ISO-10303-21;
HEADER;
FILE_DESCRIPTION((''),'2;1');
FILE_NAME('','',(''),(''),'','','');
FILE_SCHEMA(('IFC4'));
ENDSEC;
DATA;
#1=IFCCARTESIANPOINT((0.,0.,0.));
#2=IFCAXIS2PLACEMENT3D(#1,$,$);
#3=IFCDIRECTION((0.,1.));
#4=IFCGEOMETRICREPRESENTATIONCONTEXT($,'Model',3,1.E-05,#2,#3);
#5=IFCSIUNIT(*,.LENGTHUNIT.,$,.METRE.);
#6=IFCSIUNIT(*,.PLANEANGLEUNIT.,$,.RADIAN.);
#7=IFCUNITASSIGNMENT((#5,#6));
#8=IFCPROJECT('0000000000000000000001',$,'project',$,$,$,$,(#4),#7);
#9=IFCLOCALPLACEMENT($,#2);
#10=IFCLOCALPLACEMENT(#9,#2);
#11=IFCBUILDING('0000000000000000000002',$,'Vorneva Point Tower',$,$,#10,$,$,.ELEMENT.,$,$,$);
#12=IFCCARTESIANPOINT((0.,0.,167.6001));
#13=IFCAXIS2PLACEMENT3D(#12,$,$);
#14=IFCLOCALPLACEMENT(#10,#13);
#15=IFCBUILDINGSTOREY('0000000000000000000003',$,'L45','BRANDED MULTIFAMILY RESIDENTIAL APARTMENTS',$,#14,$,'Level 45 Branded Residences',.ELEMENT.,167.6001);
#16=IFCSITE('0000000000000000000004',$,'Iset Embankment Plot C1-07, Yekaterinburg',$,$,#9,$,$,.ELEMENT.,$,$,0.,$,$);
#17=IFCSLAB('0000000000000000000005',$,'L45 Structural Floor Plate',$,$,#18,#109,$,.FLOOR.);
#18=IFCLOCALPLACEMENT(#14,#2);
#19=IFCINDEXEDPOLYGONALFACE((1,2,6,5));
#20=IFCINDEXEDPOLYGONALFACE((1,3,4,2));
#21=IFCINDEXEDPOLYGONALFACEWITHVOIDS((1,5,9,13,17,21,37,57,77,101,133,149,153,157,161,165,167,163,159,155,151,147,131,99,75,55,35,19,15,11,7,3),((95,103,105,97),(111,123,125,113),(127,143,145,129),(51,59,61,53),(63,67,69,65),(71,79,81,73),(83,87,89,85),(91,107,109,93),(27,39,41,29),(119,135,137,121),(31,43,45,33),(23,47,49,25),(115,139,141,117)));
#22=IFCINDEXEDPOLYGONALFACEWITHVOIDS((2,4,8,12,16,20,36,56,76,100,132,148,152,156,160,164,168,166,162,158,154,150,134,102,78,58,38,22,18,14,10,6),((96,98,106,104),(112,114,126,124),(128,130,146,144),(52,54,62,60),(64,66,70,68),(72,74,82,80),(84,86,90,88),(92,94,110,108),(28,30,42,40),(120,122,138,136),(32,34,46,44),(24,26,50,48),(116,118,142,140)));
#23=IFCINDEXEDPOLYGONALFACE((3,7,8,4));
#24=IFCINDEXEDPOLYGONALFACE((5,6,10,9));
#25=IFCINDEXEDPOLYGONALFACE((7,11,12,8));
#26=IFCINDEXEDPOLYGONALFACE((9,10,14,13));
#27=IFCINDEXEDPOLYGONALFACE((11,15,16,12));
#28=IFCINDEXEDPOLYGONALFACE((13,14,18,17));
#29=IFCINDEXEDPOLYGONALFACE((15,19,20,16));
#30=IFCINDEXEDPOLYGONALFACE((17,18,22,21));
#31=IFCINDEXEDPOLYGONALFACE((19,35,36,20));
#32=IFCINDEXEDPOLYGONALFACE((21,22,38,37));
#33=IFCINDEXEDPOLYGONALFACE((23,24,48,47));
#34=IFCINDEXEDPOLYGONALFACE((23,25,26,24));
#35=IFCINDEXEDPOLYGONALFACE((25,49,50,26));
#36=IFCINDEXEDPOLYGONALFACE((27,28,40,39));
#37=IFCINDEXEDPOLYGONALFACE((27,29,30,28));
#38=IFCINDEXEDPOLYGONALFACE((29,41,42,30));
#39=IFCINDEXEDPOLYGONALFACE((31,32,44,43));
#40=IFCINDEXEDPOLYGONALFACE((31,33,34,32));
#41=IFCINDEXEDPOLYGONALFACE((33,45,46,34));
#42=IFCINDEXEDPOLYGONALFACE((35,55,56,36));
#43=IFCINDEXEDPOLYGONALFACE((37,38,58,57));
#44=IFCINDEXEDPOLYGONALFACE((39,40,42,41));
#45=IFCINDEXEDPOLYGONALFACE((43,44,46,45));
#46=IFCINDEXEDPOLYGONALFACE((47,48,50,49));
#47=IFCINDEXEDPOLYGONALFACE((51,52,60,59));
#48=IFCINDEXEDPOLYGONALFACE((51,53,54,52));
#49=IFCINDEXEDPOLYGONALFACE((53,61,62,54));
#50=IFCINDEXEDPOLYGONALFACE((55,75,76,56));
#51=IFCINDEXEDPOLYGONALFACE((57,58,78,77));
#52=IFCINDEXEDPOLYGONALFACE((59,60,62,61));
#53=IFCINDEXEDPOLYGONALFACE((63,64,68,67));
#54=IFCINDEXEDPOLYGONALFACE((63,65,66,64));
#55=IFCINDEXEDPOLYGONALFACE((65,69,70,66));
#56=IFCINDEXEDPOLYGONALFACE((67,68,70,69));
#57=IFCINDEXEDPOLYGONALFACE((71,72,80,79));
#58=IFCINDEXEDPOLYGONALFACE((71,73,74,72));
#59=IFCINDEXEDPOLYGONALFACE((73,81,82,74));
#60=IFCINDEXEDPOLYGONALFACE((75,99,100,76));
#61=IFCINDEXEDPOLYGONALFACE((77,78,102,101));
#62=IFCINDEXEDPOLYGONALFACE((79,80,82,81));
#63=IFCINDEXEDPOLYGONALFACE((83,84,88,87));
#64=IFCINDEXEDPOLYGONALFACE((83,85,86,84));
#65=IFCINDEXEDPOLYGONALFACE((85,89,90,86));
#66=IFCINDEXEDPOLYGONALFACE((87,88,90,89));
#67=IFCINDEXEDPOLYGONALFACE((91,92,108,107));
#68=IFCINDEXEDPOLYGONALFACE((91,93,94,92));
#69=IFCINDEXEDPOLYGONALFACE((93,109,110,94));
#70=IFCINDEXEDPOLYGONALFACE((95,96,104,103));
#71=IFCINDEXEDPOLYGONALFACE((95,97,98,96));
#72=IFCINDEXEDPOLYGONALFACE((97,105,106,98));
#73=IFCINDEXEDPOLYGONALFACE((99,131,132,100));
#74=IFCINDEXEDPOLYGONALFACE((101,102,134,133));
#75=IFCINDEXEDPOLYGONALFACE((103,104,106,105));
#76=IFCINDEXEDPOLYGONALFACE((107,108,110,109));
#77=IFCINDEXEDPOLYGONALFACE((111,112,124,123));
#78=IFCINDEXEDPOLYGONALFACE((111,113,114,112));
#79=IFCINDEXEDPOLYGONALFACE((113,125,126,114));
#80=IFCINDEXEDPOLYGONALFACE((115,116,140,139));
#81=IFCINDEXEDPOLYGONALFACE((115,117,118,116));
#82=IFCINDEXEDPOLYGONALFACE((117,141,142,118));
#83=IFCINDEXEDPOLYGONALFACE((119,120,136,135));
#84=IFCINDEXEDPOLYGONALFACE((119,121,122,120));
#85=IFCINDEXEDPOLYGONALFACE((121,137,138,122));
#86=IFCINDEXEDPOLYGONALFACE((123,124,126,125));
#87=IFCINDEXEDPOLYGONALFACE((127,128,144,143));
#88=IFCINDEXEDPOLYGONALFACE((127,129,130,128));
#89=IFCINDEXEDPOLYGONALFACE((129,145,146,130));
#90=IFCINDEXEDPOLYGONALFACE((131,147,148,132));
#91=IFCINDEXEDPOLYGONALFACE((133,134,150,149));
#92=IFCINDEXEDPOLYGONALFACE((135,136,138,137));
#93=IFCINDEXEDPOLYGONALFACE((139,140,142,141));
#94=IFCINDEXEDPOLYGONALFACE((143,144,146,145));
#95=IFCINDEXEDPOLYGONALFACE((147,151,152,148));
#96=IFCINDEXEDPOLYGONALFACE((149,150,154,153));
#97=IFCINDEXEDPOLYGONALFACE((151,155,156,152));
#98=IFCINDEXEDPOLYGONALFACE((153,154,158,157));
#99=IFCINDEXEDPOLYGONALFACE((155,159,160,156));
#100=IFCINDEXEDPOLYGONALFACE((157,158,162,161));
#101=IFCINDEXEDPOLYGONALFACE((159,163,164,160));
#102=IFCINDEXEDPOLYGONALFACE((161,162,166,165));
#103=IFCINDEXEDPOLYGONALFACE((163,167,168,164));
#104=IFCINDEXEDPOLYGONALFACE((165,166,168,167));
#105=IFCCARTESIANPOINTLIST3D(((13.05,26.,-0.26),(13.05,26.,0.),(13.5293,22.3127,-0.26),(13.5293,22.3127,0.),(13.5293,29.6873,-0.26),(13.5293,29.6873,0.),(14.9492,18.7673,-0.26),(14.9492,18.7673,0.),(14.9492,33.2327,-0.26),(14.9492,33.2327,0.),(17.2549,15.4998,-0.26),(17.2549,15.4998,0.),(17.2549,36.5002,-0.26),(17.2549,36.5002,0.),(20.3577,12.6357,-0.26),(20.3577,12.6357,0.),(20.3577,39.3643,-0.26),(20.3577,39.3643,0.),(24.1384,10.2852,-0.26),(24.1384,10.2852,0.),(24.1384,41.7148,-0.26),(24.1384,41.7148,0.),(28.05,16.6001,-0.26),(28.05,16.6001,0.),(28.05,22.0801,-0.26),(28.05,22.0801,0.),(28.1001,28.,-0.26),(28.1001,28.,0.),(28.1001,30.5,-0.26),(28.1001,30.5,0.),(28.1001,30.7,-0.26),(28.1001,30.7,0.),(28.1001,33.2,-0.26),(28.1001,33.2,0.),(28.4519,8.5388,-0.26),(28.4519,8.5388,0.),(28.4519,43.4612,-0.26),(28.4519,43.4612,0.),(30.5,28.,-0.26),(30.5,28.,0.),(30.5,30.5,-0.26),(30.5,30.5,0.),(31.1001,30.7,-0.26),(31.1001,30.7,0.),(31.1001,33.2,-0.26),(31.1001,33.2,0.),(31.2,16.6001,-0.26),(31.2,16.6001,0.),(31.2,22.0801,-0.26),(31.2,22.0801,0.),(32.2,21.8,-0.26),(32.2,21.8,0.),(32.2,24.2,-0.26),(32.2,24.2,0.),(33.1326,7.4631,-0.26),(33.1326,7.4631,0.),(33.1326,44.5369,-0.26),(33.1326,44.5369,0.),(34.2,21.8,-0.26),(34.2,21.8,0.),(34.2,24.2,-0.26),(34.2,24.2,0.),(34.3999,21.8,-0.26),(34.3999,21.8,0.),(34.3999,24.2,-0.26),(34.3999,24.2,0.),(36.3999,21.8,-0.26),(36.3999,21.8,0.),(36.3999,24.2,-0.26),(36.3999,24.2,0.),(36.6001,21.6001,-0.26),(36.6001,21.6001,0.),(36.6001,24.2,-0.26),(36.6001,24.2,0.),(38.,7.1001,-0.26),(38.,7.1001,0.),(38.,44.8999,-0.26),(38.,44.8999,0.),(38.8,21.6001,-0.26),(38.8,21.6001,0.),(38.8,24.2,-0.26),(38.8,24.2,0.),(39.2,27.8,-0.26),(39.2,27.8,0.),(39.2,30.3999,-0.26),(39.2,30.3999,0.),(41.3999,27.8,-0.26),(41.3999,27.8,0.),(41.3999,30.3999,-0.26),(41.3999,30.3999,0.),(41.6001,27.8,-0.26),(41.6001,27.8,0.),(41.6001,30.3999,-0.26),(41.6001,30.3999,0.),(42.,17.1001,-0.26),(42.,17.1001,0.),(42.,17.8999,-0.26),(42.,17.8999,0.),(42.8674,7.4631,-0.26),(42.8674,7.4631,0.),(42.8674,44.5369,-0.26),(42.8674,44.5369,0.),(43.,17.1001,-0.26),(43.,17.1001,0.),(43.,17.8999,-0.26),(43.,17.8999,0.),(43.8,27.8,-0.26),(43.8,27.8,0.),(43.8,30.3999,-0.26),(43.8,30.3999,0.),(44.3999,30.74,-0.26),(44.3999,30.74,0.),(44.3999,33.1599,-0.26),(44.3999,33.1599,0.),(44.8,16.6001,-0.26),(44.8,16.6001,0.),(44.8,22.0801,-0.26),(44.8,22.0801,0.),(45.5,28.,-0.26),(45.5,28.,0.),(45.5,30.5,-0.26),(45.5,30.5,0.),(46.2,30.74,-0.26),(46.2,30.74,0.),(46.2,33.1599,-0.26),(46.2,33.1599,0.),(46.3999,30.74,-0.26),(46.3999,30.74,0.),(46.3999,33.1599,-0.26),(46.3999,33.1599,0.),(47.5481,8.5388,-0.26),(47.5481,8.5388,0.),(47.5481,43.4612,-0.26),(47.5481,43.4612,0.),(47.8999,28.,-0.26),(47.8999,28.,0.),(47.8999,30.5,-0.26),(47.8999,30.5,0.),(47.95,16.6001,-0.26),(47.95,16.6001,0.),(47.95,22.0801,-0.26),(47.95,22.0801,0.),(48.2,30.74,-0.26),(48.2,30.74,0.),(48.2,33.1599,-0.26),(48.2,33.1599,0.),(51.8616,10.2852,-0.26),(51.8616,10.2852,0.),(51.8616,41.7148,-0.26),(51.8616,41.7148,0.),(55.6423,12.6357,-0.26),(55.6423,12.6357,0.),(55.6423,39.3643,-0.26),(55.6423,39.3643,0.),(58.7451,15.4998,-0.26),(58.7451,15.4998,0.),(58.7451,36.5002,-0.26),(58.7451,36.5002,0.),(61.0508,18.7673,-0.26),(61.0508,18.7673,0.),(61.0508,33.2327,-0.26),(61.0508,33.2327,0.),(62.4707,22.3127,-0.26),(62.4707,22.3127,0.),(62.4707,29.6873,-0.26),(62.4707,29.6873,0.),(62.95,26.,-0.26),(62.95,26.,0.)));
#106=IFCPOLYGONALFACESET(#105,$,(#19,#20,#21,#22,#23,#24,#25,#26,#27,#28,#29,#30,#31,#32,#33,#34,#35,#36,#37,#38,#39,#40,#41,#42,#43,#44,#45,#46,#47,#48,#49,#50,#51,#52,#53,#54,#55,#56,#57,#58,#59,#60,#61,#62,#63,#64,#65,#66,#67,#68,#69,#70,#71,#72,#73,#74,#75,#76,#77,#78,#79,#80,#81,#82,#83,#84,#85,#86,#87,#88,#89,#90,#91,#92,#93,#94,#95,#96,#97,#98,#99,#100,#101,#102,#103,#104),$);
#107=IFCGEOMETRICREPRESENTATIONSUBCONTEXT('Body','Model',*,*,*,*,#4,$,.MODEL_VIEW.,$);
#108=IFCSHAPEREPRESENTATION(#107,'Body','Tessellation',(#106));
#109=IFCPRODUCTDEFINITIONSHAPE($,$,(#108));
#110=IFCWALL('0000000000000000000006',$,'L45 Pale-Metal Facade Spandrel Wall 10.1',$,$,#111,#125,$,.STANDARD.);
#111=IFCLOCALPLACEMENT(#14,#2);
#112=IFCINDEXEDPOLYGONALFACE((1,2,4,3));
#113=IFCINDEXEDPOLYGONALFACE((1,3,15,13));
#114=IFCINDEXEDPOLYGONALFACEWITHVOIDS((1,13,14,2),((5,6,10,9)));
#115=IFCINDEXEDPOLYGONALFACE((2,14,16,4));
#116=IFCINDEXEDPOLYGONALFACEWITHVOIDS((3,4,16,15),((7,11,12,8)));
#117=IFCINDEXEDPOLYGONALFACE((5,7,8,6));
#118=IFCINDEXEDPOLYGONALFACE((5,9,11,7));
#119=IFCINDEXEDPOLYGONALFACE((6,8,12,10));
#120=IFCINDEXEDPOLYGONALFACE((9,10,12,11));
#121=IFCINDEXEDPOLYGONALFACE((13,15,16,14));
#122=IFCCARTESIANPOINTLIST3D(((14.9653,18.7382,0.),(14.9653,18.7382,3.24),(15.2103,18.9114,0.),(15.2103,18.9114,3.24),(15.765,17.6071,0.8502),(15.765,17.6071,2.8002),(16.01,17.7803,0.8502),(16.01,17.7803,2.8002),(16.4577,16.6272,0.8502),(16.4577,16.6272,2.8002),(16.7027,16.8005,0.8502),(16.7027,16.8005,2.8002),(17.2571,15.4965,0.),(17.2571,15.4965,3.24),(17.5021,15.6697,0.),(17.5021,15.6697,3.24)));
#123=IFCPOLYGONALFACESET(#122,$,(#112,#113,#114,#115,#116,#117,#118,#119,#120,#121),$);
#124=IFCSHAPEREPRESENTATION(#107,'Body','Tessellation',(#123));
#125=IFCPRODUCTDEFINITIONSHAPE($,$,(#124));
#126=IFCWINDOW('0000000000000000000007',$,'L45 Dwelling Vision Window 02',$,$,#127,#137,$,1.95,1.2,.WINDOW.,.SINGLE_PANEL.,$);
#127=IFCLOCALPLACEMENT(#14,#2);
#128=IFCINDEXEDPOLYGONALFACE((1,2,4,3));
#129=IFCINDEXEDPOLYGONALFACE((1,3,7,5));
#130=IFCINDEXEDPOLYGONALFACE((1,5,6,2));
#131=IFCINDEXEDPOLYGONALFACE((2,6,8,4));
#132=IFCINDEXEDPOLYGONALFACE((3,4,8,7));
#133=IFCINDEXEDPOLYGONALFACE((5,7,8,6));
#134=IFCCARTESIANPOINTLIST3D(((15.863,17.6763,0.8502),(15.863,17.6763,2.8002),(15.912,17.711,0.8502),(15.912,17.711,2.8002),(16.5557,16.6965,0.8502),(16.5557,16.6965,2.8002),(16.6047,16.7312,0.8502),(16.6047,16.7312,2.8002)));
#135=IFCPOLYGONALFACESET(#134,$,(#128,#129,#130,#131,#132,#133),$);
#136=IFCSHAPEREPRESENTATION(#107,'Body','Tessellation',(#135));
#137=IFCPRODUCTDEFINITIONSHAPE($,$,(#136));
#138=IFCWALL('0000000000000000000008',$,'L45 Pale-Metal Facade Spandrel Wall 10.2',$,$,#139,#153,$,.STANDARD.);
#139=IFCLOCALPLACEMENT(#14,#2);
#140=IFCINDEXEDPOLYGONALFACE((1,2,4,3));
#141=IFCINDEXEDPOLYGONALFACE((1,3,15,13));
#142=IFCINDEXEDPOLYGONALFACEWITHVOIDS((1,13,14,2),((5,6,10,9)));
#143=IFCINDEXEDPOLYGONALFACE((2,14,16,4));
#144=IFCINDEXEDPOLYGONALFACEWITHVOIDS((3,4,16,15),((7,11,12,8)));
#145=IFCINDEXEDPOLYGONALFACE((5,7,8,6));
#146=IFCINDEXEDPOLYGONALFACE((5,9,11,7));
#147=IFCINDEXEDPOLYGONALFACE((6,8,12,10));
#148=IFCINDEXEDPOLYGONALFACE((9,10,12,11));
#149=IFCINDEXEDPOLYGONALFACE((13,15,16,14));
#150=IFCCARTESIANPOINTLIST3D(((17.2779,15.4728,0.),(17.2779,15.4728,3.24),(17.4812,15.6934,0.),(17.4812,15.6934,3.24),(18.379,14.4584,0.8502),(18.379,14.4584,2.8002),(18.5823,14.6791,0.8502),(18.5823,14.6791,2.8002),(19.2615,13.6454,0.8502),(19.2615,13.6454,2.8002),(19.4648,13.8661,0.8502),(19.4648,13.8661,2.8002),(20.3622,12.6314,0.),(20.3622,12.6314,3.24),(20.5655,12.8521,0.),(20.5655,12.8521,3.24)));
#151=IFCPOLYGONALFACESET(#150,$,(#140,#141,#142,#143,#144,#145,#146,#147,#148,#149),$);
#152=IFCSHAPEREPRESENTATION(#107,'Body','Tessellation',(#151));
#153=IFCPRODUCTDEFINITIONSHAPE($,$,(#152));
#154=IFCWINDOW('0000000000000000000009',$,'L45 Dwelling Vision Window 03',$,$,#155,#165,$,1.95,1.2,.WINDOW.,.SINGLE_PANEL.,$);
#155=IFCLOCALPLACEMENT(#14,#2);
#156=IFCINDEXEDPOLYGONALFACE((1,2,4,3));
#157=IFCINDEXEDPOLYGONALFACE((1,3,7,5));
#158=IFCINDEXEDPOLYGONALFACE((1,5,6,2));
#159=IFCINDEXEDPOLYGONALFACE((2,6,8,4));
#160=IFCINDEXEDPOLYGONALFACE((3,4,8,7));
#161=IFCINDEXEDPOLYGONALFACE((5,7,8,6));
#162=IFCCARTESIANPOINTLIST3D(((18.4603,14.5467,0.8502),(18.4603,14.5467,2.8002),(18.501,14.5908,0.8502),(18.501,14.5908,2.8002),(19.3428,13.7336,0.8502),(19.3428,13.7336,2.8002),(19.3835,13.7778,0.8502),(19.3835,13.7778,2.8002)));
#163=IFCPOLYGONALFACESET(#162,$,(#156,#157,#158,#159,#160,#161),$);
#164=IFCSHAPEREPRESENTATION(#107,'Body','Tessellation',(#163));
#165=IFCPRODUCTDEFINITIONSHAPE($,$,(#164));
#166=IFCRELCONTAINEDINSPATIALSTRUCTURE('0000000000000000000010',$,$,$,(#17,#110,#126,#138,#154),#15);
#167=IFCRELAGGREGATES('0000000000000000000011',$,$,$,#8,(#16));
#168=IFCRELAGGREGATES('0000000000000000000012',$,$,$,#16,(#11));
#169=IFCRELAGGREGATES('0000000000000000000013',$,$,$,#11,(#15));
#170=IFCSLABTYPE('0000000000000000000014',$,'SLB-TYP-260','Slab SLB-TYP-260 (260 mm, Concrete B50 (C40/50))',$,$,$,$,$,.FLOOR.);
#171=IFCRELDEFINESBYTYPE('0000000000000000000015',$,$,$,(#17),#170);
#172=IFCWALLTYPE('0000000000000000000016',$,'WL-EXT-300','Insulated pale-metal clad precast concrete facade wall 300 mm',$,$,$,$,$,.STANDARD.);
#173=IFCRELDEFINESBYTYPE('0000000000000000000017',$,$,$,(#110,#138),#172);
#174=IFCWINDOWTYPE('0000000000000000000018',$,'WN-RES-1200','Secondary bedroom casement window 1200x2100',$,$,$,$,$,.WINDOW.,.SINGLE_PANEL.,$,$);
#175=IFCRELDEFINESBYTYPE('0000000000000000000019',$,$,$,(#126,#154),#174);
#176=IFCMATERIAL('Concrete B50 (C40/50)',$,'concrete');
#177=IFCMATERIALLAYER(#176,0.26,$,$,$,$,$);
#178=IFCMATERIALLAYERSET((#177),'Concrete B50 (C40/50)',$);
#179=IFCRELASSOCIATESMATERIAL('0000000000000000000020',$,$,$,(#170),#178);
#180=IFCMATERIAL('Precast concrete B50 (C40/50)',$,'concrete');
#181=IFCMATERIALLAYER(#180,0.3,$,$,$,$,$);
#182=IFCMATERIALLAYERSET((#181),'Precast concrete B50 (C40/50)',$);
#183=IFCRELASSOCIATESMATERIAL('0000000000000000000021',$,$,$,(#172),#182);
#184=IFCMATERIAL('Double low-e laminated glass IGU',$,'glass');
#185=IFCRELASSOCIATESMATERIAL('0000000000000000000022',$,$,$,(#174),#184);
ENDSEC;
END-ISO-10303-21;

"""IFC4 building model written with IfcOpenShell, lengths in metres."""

from ifc_helpers import new_model, si_unit, direction, frame, frame_2d, origin, place, context, subcontext, project, spatial, polyline, rectangle, outline, extrude, material, layer, layer_set, type_object, element, fill, save


model = new_model("IFC4")

# Units and contexts
model_context = context("Model", 3, precision=1e-05, world=origin(), true_north=direction((0.0, 1.0)))
body_context = subcontext(model_context, "Body", "Model", "MODEL_VIEW")
ifc_project = project(units=[si_unit("LENGTHUNIT", "METRE"), si_unit("PLANEANGLEUNIT", "RADIAN")], contexts=[model_context])

# Site, building, storey
site_placement = place(None, origin())
site = spatial("IfcSite", under=ifc_project, at=site_placement, Name="Iset Embankment Plot C1-07, Yekaterinburg", CompositionType="ELEMENT", RefElevation=0.0)
building_placement = place(site_placement, origin())
building = spatial("IfcBuilding", under=site, at=building_placement, Name="Vorneva Point Tower", CompositionType="ELEMENT")
storey_placement = place(building_placement, frame((0.0, 0.0, 167.6001)))
storey = spatial("IfcBuildingStorey", under=building, at=storey_placement, Name="L45", Description="BRANDED MULTIFAMILY RESIDENTIAL APARTMENTS", LongName="Level 45 Branded Residences", CompositionType="ELEMENT", Elevation=167.6001)

# Shared definitions
ifc_material_1 = material(Name="Double low-e laminated glass IGU", Category="glass")

# Shared definitions
ifc_material_2 = material(Name="Concrete B50 (C40/50)", Category="concrete")

# Slab
ifc_layer_1 = layer(ifc_material_2, 0.26)
ifc_layer_set_1 = layer_set([ifc_layer_1], Name="Concrete B50 (C40/50)")
slab_type_1 = type_object("IfcSlabType", Name="SLB-TYP-260", Description="Slab SLB-TYP-260 (260 mm, Concrete B50 (C40/50))", PredefinedType="FLOOR", material=ifc_layer_set_1)
slab_1_placement = place(storey_placement, frame((0.0, 0.0, -0.26)))
element("IfcSlab", 1, at=slab_1_placement, inside=storey, type_object=slab_type_1, Name="L45 Structural Floor Plate", PredefinedType="FLOOR", context=body_context, shape_type="SweptSolid", body=[
    extrude(outline(polyline([(62.95, 26.0), (62.4707, 29.6873), (61.0508, 33.2327), (58.7451, 36.5002), (55.6423, 39.3643), (51.8616, 41.7148), (47.5481, 43.4612), (42.8674, 44.5369), (38.0, 44.8999), (33.1326, 44.5369), (28.4519, 43.4612), (24.1384, 41.7148), (20.3577, 39.3643), (17.2549, 36.5002), (14.9492, 33.2327), (13.5293, 29.6873), (13.05, 26.0), (13.5293, 22.3127), (14.9492, 18.7673), (17.2549, 15.4998), (20.3577, 12.6357), (24.1384, 10.2852), (28.4519, 8.5388), (33.1326, 7.4631), (38.0, 7.1001), (42.8674, 7.4631), (47.5481, 8.5388), (51.8616, 10.2852), (55.6423, 12.6357), (58.7451, 15.4998), (61.0508, 18.7673), (62.4707, 22.3127), (62.95, 26.0)]), holes=[polyline([(32.2, 21.8), (34.2, 21.8), (34.2, 24.2), (32.2, 24.2), (32.2, 21.8)]), polyline([(34.3999, 21.8), (36.3999, 21.8), (36.3999, 24.2), (34.3999, 24.2), (34.3999, 21.8)]), polyline([(36.6001, 21.6001), (38.8, 21.6001), (38.8, 24.2), (36.6001, 24.2), (36.6001, 21.6001)]), polyline([(39.2, 27.8), (41.3999, 27.8), (41.3999, 30.3999), (39.2, 30.3999), (39.2, 27.8)]), polyline([(41.6001, 27.8), (43.8, 27.8), (43.8, 30.3999), (41.6001, 30.3999), (41.6001, 27.8)]), polyline([(44.3999, 30.74), (46.2, 30.74), (46.2, 33.1599), (44.3999, 33.1599), (44.3999, 30.74)]), polyline([(46.3999, 30.74), (48.2, 30.74), (48.2, 33.1599), (46.3999, 33.1599), (46.3999, 30.74)]), polyline([(28.1001, 28.0), (30.5, 28.0), (30.5, 30.5), (28.1001, 30.5), (28.1001, 28.0)]), polyline([(45.5, 28.0), (47.8999, 28.0), (47.8999, 30.5), (45.5, 30.5), (45.5, 28.0)]), polyline([(28.1001, 30.7), (31.1001, 30.7), (31.1001, 33.2), (28.1001, 33.2), (28.1001, 30.7)]), polyline([(28.05, 16.6001), (31.2, 16.6001), (31.2, 22.0801), (28.05, 22.0801), (28.05, 16.6001)]), polyline([(44.8, 16.6001), (47.95, 16.6001), (47.95, 22.0801), (44.8, 22.0801), (44.8, 16.6001)]), polyline([(42.0, 17.1001), (43.0, 17.1001), (43.0, 17.8999), (42.0, 17.8999), (42.0, 17.1001)])]), origin(), (0.0, 0.0, 1.0), 0.26),
])

# Walls, openings, windows
ifc_material_3 = material(Name="Precast concrete B50 (C40/50)", Category="concrete")
ifc_layer_2 = layer(ifc_material_3, 0.3)
ifc_layer_set_2 = layer_set([ifc_layer_2], Name="Precast concrete B50 (C40/50)")
wall_type_1 = type_object("IfcWallType", Name="WL-EXT-300", Description="Insulated pale-metal clad precast concrete facade wall 300 mm", PredefinedType="STANDARD", material=ifc_layer_set_2)
wall_1_placement = place(storey_placement, frame((15.0879, 18.8247, 0.0), z_axis=(0.0, 0.0, 1.0), x_axis=(0.57727, -0.816554, 0.0)))
wall_1 = element("IfcWall", 2, at=wall_1_placement, inside=storey, type_object=wall_type_1, Name="L45 Pale-Metal Facade Spandrel Wall 10.1", PredefinedType="STANDARD", context=body_context, shape_type="SweptSolid", body=[
    extrude(rectangle(XDim=3.97, YDim=0.3, at=frame_2d((1.9849, 0.0))), origin(), (0.0, 0.0, 1.0), 3.24),
])
opening_1_placement = place(wall_1_placement, frame((1.385, 0.0, 0.8501)))
opening_1 = element("IfcOpeningElement", 3, at=opening_1_placement, cuts=wall_1, PredefinedType="OPENING", context=body_context, shape_type="SweptSolid", body=[
    extrude(rectangle(XDim=1.2, YDim=1.95, at=frame_2d((0.6001, 0.9751))), frame((0.0, 0.165, 0.0), z_axis=(0.0, -1.0, 0.0), x_axis=(1.0, 0.0, 0.0)), (0.0, 0.0, 1.0), 0.3298),
])
window_type = type_object("IfcWindowType", Name="WN-RES-1200", Description="Secondary bedroom casement window 1200x2100", PartitioningType="SINGLE_PANEL", PredefinedType="WINDOW", material=ifc_material_1)
window_1_placement = place(opening_1_placement, origin())
window_1 = element("IfcWindow", 4, at=window_1_placement, inside=storey, type_object=window_type, Name="L45 Dwelling Vision Window 02", OverallHeight=1.95, OverallWidth=1.2, PartitioningType="SINGLE_PANEL", PredefinedType="WINDOW", context=body_context, shape_type="SweptSolid", body=[
    extrude(rectangle(XDim=1.2, YDim=1.95, at=frame_2d((0.6001, 0.9751))), frame((0.0, 0.03, 0.0), z_axis=(0.0, -1.0, 0.0), x_axis=(1.0, 0.0, 0.0)), (0.0, 0.0, 1.0), 0.0601),
])
fill(opening_1, window_1)
wall_2_placement = place(storey_placement, frame((17.3796, 15.583, 0.0), z_axis=(0.0, 0.0, 1.0), x_axis=(0.735477, -0.67755, 0.0)))
wall_2 = element("IfcWall", 5, at=wall_2_placement, inside=storey, type_object=wall_type_1, Name="L45 Pale-Metal Facade Spandrel Wall 10.2", PredefinedType="STANDARD", context=body_context, shape_type="SweptSolid", body=[
    extrude(rectangle(XDim=4.1936, YDim=0.3, at=frame_2d((2.0967, 0.0))), origin(), (0.0, 0.0, 1.0), 3.24),
])
opening_2_placement = place(wall_2_placement, frame((1.4968, 0.0, 0.8501)))
opening_2 = element("IfcOpeningElement", 6, at=opening_2_placement, cuts=wall_2, PredefinedType="OPENING", context=body_context, shape_type="SweptSolid", body=[
    extrude(rectangle(XDim=1.2, YDim=1.95, at=frame_2d((0.6001, 0.9751))), frame((0.0, 0.165, 0.0), z_axis=(0.0, -1.0, 0.0), x_axis=(1.0, 0.0, 0.0)), (0.0, 0.0, 1.0), 0.3298),
])
window_2_placement = place(opening_2_placement, origin())
window_2 = element("IfcWindow", 7, at=window_2_placement, inside=storey, type_object=window_type, Name="L45 Dwelling Vision Window 03", OverallHeight=1.95, OverallWidth=1.2, PartitioningType="SINGLE_PANEL", PredefinedType="WINDOW", context=body_context, shape_type="SweptSolid", body=[
    extrude(rectangle(XDim=1.2, YDim=1.95, at=frame_2d((0.6001, 0.9751))), frame((0.0, 0.03, 0.0), z_axis=(0.0, -1.0, 0.0), x_axis=(1.0, 0.0, 0.0)), (0.0, 0.0, 1.0), 0.0601),
])
fill(opening_2, window_2)

save(model, "model.ifc")
